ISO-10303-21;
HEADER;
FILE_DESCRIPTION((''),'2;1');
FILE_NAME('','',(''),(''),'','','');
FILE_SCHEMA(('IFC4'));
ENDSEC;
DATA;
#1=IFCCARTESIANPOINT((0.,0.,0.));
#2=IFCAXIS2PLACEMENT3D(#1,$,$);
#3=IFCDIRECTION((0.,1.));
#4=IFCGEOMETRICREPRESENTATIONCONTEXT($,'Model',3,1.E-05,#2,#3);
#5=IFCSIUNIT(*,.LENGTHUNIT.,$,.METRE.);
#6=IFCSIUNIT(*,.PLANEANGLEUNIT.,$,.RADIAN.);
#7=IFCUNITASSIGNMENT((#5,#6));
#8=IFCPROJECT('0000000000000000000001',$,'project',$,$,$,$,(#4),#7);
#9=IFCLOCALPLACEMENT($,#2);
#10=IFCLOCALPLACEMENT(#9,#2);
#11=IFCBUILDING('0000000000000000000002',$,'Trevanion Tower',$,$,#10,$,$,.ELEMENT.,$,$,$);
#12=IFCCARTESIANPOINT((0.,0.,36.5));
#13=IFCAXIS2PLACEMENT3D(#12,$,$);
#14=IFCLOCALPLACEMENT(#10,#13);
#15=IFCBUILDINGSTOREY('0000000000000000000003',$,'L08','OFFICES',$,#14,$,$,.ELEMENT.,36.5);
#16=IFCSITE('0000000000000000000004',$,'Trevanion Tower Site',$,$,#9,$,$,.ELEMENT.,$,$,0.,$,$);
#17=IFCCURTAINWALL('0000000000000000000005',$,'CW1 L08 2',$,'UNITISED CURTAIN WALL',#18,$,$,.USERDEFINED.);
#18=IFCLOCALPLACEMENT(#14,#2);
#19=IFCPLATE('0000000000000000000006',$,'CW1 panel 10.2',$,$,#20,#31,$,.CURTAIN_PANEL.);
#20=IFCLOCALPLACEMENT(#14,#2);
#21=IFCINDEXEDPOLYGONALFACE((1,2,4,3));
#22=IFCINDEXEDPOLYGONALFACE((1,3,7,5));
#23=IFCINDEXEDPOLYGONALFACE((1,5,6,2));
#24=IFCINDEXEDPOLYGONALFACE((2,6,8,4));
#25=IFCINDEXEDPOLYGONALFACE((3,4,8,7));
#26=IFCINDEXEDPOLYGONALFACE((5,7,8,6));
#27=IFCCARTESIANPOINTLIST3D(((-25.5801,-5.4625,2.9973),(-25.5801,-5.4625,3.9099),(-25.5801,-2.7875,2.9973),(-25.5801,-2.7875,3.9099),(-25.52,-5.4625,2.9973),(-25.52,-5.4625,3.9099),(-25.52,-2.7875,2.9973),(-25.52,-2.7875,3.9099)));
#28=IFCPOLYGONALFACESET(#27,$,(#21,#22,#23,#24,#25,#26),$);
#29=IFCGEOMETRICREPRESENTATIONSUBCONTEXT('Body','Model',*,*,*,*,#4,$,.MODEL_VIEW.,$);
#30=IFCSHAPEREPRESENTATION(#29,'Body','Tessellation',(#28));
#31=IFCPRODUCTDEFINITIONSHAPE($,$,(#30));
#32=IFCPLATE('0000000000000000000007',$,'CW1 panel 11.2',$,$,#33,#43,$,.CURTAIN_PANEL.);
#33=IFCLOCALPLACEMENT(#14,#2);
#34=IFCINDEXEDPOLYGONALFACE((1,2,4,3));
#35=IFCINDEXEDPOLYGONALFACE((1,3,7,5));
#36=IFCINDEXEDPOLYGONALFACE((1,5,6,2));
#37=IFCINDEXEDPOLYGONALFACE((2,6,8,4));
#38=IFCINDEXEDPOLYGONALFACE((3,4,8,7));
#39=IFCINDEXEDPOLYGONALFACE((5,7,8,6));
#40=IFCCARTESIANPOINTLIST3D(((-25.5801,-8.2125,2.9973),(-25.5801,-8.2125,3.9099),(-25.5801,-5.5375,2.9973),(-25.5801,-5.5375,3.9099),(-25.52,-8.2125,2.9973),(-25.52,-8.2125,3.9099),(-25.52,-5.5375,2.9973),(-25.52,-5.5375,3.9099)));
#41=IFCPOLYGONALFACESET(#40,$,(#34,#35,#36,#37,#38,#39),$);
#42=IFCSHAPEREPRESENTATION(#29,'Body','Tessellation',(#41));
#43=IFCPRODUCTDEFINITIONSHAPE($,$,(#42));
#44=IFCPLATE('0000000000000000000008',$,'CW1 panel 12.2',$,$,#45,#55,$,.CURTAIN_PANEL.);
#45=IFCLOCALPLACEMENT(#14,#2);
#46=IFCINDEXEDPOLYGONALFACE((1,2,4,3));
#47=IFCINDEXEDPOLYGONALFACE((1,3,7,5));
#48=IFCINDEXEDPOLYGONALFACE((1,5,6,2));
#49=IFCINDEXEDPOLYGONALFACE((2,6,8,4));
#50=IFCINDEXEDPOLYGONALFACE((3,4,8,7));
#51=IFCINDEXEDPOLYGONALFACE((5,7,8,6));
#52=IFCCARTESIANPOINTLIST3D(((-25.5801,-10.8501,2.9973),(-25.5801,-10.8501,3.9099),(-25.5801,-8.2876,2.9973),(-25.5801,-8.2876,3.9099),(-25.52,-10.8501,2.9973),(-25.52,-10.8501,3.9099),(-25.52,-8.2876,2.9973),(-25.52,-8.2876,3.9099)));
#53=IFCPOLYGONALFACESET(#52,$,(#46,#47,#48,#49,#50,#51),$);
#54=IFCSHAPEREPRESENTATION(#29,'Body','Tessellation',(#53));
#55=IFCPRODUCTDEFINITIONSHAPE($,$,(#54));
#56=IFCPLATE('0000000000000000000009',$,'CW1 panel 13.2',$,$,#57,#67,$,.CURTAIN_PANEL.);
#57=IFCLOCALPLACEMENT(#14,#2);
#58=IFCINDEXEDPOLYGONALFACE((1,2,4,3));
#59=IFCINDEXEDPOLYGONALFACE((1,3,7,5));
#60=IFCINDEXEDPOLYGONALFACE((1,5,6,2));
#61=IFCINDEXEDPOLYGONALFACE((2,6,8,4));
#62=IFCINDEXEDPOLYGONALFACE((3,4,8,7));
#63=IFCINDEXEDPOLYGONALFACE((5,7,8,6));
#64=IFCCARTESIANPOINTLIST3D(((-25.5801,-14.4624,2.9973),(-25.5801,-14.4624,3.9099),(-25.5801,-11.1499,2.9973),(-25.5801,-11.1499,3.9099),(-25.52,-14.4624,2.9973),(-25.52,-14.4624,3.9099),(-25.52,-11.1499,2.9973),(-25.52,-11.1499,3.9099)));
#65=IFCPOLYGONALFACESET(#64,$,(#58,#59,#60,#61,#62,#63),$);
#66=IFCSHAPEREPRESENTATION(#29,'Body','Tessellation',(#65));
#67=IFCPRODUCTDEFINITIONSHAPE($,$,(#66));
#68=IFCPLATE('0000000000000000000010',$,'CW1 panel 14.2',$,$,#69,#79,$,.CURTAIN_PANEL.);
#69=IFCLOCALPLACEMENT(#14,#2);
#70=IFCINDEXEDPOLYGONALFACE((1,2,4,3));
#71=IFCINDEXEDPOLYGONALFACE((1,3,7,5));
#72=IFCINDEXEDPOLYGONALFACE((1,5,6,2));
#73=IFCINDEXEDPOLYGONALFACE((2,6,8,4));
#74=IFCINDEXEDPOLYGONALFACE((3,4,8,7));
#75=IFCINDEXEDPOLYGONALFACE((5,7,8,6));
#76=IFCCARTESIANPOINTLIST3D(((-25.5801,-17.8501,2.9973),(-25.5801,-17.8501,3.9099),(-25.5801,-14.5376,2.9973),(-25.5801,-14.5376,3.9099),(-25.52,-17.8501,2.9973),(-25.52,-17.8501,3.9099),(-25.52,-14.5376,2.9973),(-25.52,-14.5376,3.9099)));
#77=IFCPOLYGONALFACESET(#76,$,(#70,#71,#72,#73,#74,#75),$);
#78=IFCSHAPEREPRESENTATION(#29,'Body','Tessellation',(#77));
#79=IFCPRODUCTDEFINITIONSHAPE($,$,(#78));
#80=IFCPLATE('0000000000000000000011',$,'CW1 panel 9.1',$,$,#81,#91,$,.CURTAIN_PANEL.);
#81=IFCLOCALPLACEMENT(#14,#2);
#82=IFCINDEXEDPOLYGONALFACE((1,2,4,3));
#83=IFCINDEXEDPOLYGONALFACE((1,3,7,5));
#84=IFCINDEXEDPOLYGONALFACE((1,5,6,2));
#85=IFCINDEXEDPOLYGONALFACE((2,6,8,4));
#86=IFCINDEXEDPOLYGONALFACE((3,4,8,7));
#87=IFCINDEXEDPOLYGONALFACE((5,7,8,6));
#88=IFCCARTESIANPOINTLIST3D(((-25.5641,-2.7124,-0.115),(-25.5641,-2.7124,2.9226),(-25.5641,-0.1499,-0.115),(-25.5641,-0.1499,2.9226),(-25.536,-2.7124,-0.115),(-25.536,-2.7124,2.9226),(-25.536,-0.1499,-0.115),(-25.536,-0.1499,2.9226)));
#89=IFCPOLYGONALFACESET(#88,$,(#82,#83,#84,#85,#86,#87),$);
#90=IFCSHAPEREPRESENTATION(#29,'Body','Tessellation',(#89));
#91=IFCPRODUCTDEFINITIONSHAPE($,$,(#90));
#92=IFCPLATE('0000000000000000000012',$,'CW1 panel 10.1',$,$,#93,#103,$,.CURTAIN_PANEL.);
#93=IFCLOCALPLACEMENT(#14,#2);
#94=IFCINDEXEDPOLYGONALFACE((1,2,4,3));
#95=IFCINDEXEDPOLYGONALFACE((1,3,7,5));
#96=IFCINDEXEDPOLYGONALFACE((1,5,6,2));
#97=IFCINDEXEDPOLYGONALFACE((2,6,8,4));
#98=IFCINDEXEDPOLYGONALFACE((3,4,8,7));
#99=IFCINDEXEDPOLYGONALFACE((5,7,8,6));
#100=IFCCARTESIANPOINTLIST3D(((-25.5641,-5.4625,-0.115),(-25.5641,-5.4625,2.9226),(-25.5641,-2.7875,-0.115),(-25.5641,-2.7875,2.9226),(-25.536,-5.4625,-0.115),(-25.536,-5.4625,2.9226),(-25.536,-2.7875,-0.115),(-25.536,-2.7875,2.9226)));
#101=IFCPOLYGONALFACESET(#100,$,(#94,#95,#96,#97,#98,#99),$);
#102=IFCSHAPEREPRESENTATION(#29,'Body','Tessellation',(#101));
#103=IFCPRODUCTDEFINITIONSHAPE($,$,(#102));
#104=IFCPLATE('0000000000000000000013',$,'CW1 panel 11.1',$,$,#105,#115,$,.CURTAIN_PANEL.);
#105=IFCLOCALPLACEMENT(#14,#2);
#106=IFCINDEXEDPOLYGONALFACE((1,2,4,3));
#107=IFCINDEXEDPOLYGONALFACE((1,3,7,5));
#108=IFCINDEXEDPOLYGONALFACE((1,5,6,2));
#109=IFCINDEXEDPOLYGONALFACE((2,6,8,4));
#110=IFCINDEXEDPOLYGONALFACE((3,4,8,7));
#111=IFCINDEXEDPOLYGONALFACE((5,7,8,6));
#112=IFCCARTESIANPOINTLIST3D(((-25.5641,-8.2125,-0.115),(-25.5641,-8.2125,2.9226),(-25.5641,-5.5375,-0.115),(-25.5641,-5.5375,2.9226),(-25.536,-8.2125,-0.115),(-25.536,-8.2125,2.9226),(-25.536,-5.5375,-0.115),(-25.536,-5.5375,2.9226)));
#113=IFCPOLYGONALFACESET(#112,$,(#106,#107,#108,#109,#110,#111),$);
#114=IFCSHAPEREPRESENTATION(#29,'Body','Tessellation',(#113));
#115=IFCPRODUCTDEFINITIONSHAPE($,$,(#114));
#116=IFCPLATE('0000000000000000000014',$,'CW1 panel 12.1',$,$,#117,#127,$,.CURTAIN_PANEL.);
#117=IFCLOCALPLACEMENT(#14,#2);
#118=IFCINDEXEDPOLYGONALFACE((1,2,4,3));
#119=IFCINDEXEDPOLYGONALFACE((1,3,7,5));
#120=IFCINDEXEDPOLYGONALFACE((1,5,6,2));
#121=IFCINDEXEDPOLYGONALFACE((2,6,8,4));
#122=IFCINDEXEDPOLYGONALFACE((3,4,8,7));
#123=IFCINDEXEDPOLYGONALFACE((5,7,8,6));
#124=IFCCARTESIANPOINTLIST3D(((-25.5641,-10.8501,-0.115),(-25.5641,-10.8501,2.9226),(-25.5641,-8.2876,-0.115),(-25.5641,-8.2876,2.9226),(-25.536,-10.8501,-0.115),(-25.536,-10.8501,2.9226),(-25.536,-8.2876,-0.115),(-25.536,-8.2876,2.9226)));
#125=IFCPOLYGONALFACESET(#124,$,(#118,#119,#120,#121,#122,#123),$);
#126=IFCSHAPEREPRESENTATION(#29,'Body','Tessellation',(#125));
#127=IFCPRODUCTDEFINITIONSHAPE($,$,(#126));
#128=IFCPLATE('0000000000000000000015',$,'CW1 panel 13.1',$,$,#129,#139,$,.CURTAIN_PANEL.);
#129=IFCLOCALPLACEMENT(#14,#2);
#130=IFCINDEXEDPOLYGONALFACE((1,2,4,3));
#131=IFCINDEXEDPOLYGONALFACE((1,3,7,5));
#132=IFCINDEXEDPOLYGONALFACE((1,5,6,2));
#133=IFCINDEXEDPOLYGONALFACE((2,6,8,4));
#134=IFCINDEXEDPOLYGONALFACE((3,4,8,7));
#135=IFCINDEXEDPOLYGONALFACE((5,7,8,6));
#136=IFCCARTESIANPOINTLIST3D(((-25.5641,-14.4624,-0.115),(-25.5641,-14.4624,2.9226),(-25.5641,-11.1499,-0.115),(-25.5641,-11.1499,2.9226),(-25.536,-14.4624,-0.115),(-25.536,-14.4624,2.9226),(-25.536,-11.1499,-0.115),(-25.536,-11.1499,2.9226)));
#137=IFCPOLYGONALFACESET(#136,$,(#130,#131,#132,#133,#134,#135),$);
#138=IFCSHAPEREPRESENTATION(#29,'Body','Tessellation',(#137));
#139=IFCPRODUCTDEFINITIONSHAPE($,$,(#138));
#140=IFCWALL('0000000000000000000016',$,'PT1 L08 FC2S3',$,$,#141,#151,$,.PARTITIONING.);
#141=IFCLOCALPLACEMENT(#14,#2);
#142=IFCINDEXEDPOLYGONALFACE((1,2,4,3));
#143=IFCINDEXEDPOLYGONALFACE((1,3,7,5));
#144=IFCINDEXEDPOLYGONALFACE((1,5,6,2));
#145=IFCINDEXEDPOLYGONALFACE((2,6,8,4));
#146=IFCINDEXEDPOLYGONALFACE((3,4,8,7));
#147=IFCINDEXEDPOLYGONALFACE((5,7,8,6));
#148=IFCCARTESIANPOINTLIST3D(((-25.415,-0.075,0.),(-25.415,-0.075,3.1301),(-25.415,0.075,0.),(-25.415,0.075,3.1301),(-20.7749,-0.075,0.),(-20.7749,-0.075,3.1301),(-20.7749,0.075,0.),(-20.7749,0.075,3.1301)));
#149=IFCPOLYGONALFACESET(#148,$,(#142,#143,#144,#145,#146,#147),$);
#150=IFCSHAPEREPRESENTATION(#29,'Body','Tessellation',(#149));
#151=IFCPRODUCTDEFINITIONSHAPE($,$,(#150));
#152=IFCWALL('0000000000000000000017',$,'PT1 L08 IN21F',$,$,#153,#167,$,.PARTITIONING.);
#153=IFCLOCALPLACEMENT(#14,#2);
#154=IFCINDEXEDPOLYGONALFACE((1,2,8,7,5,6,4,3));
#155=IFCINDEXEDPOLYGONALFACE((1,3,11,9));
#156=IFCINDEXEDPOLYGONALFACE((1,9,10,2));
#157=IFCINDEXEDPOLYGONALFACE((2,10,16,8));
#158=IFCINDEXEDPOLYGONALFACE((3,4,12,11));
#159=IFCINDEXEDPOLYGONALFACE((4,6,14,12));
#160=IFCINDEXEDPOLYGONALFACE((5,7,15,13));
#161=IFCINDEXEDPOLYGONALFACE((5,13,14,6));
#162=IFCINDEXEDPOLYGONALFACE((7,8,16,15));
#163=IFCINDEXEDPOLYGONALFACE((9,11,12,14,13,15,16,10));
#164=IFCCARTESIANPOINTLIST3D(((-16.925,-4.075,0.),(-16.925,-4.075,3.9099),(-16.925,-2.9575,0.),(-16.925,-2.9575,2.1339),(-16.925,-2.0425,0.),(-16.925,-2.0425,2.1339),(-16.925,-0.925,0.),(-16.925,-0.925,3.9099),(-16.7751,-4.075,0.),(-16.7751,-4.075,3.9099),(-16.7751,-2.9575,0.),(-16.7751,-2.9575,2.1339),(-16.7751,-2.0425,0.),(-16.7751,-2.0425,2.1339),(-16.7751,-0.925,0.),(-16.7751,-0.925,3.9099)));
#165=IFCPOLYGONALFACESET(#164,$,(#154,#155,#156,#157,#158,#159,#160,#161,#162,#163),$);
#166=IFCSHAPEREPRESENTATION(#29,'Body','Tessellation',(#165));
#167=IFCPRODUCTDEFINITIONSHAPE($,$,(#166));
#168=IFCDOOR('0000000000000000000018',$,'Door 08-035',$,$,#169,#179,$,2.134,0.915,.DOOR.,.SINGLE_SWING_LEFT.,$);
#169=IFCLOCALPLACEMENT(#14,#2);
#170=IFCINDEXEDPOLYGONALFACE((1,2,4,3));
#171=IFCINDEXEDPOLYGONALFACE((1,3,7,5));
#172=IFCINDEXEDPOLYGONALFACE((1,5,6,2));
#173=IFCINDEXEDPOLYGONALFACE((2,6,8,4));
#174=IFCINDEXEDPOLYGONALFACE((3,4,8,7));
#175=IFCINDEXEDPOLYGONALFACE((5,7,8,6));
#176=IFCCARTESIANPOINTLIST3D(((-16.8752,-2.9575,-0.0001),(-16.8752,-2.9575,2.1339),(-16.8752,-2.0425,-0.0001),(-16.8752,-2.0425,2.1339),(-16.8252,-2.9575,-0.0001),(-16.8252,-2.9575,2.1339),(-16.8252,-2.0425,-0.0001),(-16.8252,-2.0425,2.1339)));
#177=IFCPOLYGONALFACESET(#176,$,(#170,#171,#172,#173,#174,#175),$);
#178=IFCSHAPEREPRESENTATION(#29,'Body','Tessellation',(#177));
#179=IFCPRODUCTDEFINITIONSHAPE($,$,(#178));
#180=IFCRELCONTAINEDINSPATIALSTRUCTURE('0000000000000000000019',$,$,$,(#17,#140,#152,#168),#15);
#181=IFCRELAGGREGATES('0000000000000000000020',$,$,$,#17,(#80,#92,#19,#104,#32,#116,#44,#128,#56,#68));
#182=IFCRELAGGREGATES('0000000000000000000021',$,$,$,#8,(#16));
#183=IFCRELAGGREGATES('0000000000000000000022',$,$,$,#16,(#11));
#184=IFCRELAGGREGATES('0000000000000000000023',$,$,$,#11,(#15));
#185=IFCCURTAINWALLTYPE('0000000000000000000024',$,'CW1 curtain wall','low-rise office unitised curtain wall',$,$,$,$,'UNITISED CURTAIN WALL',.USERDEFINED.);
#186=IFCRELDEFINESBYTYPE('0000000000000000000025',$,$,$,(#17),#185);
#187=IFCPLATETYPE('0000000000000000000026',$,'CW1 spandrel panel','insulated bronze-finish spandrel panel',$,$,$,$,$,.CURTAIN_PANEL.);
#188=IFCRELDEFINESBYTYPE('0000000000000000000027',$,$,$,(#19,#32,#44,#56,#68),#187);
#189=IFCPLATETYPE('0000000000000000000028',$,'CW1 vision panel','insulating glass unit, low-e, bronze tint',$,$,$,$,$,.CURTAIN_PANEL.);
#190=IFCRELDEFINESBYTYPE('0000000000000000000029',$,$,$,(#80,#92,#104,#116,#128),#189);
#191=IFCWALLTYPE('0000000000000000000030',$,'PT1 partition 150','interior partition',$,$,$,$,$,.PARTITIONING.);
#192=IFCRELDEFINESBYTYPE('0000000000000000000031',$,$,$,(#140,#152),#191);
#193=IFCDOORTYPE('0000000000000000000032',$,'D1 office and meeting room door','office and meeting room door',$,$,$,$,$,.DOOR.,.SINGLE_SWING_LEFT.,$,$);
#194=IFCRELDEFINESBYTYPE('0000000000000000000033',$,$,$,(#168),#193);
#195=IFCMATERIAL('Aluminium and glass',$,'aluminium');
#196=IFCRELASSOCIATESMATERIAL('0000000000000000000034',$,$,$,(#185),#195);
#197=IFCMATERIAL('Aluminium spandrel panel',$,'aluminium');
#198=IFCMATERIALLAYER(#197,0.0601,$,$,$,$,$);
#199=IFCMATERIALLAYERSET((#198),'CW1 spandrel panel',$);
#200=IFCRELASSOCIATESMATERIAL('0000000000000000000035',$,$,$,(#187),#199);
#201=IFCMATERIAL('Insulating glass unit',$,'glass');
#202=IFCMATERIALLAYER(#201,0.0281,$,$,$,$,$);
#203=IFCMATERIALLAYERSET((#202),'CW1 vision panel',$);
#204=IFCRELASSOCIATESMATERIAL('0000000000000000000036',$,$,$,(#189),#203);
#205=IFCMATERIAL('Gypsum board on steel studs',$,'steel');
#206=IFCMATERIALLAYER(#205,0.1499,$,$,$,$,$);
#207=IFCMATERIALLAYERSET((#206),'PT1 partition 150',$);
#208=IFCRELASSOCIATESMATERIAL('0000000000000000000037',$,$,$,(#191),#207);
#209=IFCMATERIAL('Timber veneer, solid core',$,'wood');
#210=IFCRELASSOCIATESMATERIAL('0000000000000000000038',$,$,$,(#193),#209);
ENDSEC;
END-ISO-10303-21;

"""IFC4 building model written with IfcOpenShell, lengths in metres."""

from ifc_helpers import new_model, si_unit, direction, frame, frame_2d, origin, origin_2d, place, context, subcontext, project, spatial, rectangle, extrude, material, layer, layer_set, type_object, element, fill, aggregate, save


model = new_model("IFC4")

# Units and contexts
model_context = context("Model", 3, precision=1e-05, world=origin(), true_north=direction((0.0, 1.0)))
body_context = subcontext(model_context, "Body", "Model", "MODEL_VIEW")
ifc_project = project(units=[si_unit("LENGTHUNIT", "METRE"), si_unit("PLANEANGLEUNIT", "RADIAN")], contexts=[model_context])

# Site, building, storey
site_placement = place(None, origin())
site = spatial("IfcSite", under=ifc_project, at=site_placement, Name="Trevanion Tower Site", CompositionType="ELEMENT", RefElevation=0.0)
building_placement = place(site_placement, origin())
building = spatial("IfcBuilding", under=site, at=building_placement, Name="Trevanion Tower", CompositionType="ELEMENT")
storey_placement = place(building_placement, frame((0.0, 0.0, 36.5)))
storey = spatial("IfcBuildingStorey", under=building, at=storey_placement, Name="L08", Description="OFFICES", CompositionType="ELEMENT", Elevation=36.5)

# Curtain wall
ifc_material_1 = material(Name="Aluminium and glass", Category="aluminium")
curtain_wall_type = type_object("IfcCurtainWallType", Name="CW1 curtain wall", Description="low-rise office unitised curtain wall", ElementType="UNITISED CURTAIN WALL", PredefinedType="USERDEFINED", material=ifc_material_1)
curtain_wall_placement = place(storey_placement, origin())
curtain_wall = element("IfcCurtainWall", 1, at=curtain_wall_placement, inside=storey, type_object=curtain_wall_type, Name="CW1 L08 2", ObjectType="UNITISED CURTAIN WALL", PredefinedType="USERDEFINED")

# Plates
ifc_material_2 = material(Name="Aluminium spandrel panel", Category="aluminium")
ifc_layer_1 = layer(ifc_material_2, 0.0601)
ifc_layer_set_1 = layer_set([ifc_layer_1], Name="CW1 spandrel panel")
plate_type_1 = type_object("IfcPlateType", Name="CW1 spandrel panel", Description="insulated bronze-finish spandrel panel", PredefinedType="CURTAIN_PANEL", material=ifc_layer_set_1)
plate_1_placement = place(storey_placement, frame((-25.55, -4.125, 2.9973), z_axis=(0.0, 0.0, 1.0), x_axis=(0.0, -1.0, 0.0)))
plate_1 = element("IfcPlate", 2, at=plate_1_placement, type_object=plate_type_1, Name="CW1 panel 10.2", PredefinedType="CURTAIN_PANEL", context=body_context, shape_type="SweptSolid", body=[
    extrude(rectangle(XDim=2.675, YDim=0.0601, at=origin_2d()), origin(), (0.0, 0.0, 1.0), 0.9126),
])
plate_2_placement = place(storey_placement, frame((-25.55, -6.875, 2.9973), z_axis=(0.0, 0.0, 1.0), x_axis=(0.0, -1.0, 0.0)))
plate_2 = element("IfcPlate", 3, at=plate_2_placement, type_object=plate_type_1, Name="CW1 panel 11.2", PredefinedType="CURTAIN_PANEL", context=body_context, shape_type="SweptSolid", body=[
    extrude(rectangle(XDim=2.675, YDim=0.0601, at=origin_2d()), origin(), (0.0, 0.0, 1.0), 0.9126),
])
plate_3_placement = place(storey_placement, frame((-25.55, -9.5688, 2.9973), z_axis=(0.0, 0.0, 1.0), x_axis=(0.0, -1.0, 0.0)))
plate_3 = element("IfcPlate", 4, at=plate_3_placement, type_object=plate_type_1, Name="CW1 panel 12.2", PredefinedType="CURTAIN_PANEL", context=body_context, shape_type="SweptSolid", body=[
    extrude(rectangle(XDim=2.5625, YDim=0.0601, at=origin_2d()), origin(), (0.0, 0.0, 1.0), 0.9126),
])
plate_4_placement = place(storey_placement, frame((-25.55, -12.8062, 2.9973), z_axis=(0.0, 0.0, 1.0), x_axis=(0.0, -1.0, 0.0)))
plate_4 = element("IfcPlate", 5, at=plate_4_placement, type_object=plate_type_1, Name="CW1 panel 13.2", PredefinedType="CURTAIN_PANEL", context=body_context, shape_type="SweptSolid", body=[
    extrude(rectangle(XDim=3.3125, YDim=0.0601, at=origin_2d()), origin(), (0.0, 0.0, 1.0), 0.9126),
])
plate_5_placement = place(storey_placement, frame((-25.55, -16.1938, 2.9973), z_axis=(0.0, 0.0, 1.0), x_axis=(0.0, -1.0, 0.0)))
plate_5 = element("IfcPlate", 6, at=plate_5_placement, type_object=plate_type_1, Name="CW1 panel 14.2", PredefinedType="CURTAIN_PANEL", context=body_context, shape_type="SweptSolid", body=[
    extrude(rectangle(XDim=3.3125, YDim=0.0601, at=origin_2d()), origin(), (0.0, 0.0, 1.0), 0.9126),
])
ifc_material_3 = material(Name="Insulating glass unit", Category="glass")
ifc_layer_2 = layer(ifc_material_3, 0.0281)
ifc_layer_set_2 = layer_set([ifc_layer_2], Name="CW1 vision panel")
plate_type_2 = type_object("IfcPlateType", Name="CW1 vision panel", Description="insulating glass unit, low-e, bronze tint", PredefinedType="CURTAIN_PANEL", material=ifc_layer_set_2)
plate_6_placement = place(storey_placement, frame((-25.55, -1.4312, -0.115), z_axis=(0.0, 0.0, 1.0), x_axis=(0.0, -1.0, 0.0)))
plate_6 = element("IfcPlate", 7, at=plate_6_placement, type_object=plate_type_2, Name="CW1 panel 9.1", PredefinedType="CURTAIN_PANEL", context=body_context, shape_type="SweptSolid", body=[
    extrude(rectangle(XDim=2.5625, YDim=0.0281, at=origin_2d()), origin(), (0.0, 0.0, 1.0), 3.0376),
])
plate_7_placement = place(storey_placement, frame((-25.55, -4.125, -0.115), z_axis=(0.0, 0.0, 1.0), x_axis=(0.0, -1.0, 0.0)))
plate_7 = element("IfcPlate", 8, at=plate_7_placement, type_object=plate_type_2, Name="CW1 panel 10.1", PredefinedType="CURTAIN_PANEL", context=body_context, shape_type="SweptSolid", body=[
    extrude(rectangle(XDim=2.675, YDim=0.0281, at=origin_2d()), origin(), (0.0, 0.0, 1.0), 3.0376),
])
plate_8_placement = place(storey_placement, frame((-25.55, -6.875, -0.115), z_axis=(0.0, 0.0, 1.0), x_axis=(0.0, -1.0, 0.0)))
plate_8 = element("IfcPlate", 9, at=plate_8_placement, type_object=plate_type_2, Name="CW1 panel 11.1", PredefinedType="CURTAIN_PANEL", context=body_context, shape_type="SweptSolid", body=[
    extrude(rectangle(XDim=2.675, YDim=0.0281, at=origin_2d()), origin(), (0.0, 0.0, 1.0), 3.0376),
])
plate_9_placement = place(storey_placement, frame((-25.55, -9.5688, -0.115), z_axis=(0.0, 0.0, 1.0), x_axis=(0.0, -1.0, 0.0)))
plate_9 = element("IfcPlate", 10, at=plate_9_placement, type_object=plate_type_2, Name="CW1 panel 12.1", PredefinedType="CURTAIN_PANEL", context=body_context, shape_type="SweptSolid", body=[
    extrude(rectangle(XDim=2.5625, YDim=0.0281, at=origin_2d()), origin(), (0.0, 0.0, 1.0), 3.0376),
])
plate_10_placement = place(storey_placement, frame((-25.55, -12.8062, -0.115), z_axis=(0.0, 0.0, 1.0), x_axis=(0.0, -1.0, 0.0)))
plate_10 = element("IfcPlate", 11, at=plate_10_placement, type_object=plate_type_2, Name="CW1 panel 13.1", PredefinedType="CURTAIN_PANEL", context=body_context, shape_type="SweptSolid", body=[
    extrude(rectangle(XDim=3.3125, YDim=0.0281, at=origin_2d()), origin(), (0.0, 0.0, 1.0), 3.0376),
])
aggregate(curtain_wall, [plate_6, plate_7, plate_1, plate_8, plate_2, plate_9, plate_3, plate_10, plate_4, plate_5])

# Wall
ifc_material_4 = material(Name="Gypsum board on steel studs", Category="steel")
ifc_layer_3 = layer(ifc_material_4, 0.1499)
ifc_layer_set_3 = layer_set([ifc_layer_3], Name="PT1 partition 150")
wall_type = type_object("IfcWallType", Name="PT1 partition 150", Description="interior partition", PredefinedType="PARTITIONING", material=ifc_layer_set_3)
wall_1_placement = place(storey_placement, frame((-20.7749, 0.0, 0.0), z_axis=(0.0, 0.0, 1.0), x_axis=(-1.0, 0.0, 0.0)))
element("IfcWall", 12, at=wall_1_placement, inside=storey, type_object=wall_type, Name="PT1 L08 FC2S3", PredefinedType="PARTITIONING", context=body_context, shape_type="SweptSolid", body=[
    extrude(rectangle(XDim=4.6401, YDim=0.1499, at=frame_2d((2.3201, 0.0))), origin(), (0.0, 0.0, 1.0), 3.1301),
])

# Wall, opening, door
wall_2_placement = place(storey_placement, frame((-16.8501, -0.925, 0.0), z_axis=(0.0, 0.0, 1.0), x_axis=(0.0, -1.0, 0.0)))
wall_2 = element("IfcWall", 13, at=wall_2_placement, inside=storey, type_object=wall_type, Name="PT1 L08 IN21F", PredefinedType="PARTITIONING", context=body_context, shape_type="SweptSolid", body=[
    extrude(rectangle(XDim=3.1499, YDim=0.1499, at=frame_2d((1.575, 0.0))), origin(), (0.0, 0.0, 1.0), 3.9099),
])
opening_placement = place(wall_2_placement, frame((1.1174, 0.0, 0.0)))
opening = element("IfcOpeningElement", 14, at=opening_placement, cuts=wall_2, PredefinedType="OPENING", context=body_context, shape_type="SweptSolid", body=[
    extrude(rectangle(XDim=0.915, YDim=2.134, at=frame_2d((0.4575, 1.0669))), frame((0.0, 0.085, 0.0), z_axis=(0.0, -1.0, 0.0), x_axis=(1.0, 0.0, 0.0)), (0.0, 0.0, 1.0), 0.1699),
])
ifc_material_5 = material(Name="Timber veneer, solid core", Category="wood")
door_type = type_object("IfcDoorType", Name="D1 office and meeting room door", Description="office and meeting room door", OperationType="SINGLE_SWING_LEFT", PredefinedType="DOOR", material=ifc_material_5)
door_placement = place(opening_placement, origin())
door = element("IfcDoor", 15, at=door_placement, inside=storey, type_object=door_type, Name="Door 08-035", OperationType="SINGLE_SWING_LEFT", OverallHeight=2.134, OverallWidth=0.915, PredefinedType="DOOR", context=body_context, shape_type="SweptSolid", body=[
    extrude(rectangle(XDim=0.915, YDim=2.134, at=frame_2d((0.4575, 1.0669))), frame((0.0, 0.0249, 0.0), z_axis=(0.0, -1.0, 0.0), x_axis=(1.0, 0.0, 0.0)), (0.0, 0.0, 1.0), 0.05),
])
fill(opening, door)

save(model, "model.ifc")
